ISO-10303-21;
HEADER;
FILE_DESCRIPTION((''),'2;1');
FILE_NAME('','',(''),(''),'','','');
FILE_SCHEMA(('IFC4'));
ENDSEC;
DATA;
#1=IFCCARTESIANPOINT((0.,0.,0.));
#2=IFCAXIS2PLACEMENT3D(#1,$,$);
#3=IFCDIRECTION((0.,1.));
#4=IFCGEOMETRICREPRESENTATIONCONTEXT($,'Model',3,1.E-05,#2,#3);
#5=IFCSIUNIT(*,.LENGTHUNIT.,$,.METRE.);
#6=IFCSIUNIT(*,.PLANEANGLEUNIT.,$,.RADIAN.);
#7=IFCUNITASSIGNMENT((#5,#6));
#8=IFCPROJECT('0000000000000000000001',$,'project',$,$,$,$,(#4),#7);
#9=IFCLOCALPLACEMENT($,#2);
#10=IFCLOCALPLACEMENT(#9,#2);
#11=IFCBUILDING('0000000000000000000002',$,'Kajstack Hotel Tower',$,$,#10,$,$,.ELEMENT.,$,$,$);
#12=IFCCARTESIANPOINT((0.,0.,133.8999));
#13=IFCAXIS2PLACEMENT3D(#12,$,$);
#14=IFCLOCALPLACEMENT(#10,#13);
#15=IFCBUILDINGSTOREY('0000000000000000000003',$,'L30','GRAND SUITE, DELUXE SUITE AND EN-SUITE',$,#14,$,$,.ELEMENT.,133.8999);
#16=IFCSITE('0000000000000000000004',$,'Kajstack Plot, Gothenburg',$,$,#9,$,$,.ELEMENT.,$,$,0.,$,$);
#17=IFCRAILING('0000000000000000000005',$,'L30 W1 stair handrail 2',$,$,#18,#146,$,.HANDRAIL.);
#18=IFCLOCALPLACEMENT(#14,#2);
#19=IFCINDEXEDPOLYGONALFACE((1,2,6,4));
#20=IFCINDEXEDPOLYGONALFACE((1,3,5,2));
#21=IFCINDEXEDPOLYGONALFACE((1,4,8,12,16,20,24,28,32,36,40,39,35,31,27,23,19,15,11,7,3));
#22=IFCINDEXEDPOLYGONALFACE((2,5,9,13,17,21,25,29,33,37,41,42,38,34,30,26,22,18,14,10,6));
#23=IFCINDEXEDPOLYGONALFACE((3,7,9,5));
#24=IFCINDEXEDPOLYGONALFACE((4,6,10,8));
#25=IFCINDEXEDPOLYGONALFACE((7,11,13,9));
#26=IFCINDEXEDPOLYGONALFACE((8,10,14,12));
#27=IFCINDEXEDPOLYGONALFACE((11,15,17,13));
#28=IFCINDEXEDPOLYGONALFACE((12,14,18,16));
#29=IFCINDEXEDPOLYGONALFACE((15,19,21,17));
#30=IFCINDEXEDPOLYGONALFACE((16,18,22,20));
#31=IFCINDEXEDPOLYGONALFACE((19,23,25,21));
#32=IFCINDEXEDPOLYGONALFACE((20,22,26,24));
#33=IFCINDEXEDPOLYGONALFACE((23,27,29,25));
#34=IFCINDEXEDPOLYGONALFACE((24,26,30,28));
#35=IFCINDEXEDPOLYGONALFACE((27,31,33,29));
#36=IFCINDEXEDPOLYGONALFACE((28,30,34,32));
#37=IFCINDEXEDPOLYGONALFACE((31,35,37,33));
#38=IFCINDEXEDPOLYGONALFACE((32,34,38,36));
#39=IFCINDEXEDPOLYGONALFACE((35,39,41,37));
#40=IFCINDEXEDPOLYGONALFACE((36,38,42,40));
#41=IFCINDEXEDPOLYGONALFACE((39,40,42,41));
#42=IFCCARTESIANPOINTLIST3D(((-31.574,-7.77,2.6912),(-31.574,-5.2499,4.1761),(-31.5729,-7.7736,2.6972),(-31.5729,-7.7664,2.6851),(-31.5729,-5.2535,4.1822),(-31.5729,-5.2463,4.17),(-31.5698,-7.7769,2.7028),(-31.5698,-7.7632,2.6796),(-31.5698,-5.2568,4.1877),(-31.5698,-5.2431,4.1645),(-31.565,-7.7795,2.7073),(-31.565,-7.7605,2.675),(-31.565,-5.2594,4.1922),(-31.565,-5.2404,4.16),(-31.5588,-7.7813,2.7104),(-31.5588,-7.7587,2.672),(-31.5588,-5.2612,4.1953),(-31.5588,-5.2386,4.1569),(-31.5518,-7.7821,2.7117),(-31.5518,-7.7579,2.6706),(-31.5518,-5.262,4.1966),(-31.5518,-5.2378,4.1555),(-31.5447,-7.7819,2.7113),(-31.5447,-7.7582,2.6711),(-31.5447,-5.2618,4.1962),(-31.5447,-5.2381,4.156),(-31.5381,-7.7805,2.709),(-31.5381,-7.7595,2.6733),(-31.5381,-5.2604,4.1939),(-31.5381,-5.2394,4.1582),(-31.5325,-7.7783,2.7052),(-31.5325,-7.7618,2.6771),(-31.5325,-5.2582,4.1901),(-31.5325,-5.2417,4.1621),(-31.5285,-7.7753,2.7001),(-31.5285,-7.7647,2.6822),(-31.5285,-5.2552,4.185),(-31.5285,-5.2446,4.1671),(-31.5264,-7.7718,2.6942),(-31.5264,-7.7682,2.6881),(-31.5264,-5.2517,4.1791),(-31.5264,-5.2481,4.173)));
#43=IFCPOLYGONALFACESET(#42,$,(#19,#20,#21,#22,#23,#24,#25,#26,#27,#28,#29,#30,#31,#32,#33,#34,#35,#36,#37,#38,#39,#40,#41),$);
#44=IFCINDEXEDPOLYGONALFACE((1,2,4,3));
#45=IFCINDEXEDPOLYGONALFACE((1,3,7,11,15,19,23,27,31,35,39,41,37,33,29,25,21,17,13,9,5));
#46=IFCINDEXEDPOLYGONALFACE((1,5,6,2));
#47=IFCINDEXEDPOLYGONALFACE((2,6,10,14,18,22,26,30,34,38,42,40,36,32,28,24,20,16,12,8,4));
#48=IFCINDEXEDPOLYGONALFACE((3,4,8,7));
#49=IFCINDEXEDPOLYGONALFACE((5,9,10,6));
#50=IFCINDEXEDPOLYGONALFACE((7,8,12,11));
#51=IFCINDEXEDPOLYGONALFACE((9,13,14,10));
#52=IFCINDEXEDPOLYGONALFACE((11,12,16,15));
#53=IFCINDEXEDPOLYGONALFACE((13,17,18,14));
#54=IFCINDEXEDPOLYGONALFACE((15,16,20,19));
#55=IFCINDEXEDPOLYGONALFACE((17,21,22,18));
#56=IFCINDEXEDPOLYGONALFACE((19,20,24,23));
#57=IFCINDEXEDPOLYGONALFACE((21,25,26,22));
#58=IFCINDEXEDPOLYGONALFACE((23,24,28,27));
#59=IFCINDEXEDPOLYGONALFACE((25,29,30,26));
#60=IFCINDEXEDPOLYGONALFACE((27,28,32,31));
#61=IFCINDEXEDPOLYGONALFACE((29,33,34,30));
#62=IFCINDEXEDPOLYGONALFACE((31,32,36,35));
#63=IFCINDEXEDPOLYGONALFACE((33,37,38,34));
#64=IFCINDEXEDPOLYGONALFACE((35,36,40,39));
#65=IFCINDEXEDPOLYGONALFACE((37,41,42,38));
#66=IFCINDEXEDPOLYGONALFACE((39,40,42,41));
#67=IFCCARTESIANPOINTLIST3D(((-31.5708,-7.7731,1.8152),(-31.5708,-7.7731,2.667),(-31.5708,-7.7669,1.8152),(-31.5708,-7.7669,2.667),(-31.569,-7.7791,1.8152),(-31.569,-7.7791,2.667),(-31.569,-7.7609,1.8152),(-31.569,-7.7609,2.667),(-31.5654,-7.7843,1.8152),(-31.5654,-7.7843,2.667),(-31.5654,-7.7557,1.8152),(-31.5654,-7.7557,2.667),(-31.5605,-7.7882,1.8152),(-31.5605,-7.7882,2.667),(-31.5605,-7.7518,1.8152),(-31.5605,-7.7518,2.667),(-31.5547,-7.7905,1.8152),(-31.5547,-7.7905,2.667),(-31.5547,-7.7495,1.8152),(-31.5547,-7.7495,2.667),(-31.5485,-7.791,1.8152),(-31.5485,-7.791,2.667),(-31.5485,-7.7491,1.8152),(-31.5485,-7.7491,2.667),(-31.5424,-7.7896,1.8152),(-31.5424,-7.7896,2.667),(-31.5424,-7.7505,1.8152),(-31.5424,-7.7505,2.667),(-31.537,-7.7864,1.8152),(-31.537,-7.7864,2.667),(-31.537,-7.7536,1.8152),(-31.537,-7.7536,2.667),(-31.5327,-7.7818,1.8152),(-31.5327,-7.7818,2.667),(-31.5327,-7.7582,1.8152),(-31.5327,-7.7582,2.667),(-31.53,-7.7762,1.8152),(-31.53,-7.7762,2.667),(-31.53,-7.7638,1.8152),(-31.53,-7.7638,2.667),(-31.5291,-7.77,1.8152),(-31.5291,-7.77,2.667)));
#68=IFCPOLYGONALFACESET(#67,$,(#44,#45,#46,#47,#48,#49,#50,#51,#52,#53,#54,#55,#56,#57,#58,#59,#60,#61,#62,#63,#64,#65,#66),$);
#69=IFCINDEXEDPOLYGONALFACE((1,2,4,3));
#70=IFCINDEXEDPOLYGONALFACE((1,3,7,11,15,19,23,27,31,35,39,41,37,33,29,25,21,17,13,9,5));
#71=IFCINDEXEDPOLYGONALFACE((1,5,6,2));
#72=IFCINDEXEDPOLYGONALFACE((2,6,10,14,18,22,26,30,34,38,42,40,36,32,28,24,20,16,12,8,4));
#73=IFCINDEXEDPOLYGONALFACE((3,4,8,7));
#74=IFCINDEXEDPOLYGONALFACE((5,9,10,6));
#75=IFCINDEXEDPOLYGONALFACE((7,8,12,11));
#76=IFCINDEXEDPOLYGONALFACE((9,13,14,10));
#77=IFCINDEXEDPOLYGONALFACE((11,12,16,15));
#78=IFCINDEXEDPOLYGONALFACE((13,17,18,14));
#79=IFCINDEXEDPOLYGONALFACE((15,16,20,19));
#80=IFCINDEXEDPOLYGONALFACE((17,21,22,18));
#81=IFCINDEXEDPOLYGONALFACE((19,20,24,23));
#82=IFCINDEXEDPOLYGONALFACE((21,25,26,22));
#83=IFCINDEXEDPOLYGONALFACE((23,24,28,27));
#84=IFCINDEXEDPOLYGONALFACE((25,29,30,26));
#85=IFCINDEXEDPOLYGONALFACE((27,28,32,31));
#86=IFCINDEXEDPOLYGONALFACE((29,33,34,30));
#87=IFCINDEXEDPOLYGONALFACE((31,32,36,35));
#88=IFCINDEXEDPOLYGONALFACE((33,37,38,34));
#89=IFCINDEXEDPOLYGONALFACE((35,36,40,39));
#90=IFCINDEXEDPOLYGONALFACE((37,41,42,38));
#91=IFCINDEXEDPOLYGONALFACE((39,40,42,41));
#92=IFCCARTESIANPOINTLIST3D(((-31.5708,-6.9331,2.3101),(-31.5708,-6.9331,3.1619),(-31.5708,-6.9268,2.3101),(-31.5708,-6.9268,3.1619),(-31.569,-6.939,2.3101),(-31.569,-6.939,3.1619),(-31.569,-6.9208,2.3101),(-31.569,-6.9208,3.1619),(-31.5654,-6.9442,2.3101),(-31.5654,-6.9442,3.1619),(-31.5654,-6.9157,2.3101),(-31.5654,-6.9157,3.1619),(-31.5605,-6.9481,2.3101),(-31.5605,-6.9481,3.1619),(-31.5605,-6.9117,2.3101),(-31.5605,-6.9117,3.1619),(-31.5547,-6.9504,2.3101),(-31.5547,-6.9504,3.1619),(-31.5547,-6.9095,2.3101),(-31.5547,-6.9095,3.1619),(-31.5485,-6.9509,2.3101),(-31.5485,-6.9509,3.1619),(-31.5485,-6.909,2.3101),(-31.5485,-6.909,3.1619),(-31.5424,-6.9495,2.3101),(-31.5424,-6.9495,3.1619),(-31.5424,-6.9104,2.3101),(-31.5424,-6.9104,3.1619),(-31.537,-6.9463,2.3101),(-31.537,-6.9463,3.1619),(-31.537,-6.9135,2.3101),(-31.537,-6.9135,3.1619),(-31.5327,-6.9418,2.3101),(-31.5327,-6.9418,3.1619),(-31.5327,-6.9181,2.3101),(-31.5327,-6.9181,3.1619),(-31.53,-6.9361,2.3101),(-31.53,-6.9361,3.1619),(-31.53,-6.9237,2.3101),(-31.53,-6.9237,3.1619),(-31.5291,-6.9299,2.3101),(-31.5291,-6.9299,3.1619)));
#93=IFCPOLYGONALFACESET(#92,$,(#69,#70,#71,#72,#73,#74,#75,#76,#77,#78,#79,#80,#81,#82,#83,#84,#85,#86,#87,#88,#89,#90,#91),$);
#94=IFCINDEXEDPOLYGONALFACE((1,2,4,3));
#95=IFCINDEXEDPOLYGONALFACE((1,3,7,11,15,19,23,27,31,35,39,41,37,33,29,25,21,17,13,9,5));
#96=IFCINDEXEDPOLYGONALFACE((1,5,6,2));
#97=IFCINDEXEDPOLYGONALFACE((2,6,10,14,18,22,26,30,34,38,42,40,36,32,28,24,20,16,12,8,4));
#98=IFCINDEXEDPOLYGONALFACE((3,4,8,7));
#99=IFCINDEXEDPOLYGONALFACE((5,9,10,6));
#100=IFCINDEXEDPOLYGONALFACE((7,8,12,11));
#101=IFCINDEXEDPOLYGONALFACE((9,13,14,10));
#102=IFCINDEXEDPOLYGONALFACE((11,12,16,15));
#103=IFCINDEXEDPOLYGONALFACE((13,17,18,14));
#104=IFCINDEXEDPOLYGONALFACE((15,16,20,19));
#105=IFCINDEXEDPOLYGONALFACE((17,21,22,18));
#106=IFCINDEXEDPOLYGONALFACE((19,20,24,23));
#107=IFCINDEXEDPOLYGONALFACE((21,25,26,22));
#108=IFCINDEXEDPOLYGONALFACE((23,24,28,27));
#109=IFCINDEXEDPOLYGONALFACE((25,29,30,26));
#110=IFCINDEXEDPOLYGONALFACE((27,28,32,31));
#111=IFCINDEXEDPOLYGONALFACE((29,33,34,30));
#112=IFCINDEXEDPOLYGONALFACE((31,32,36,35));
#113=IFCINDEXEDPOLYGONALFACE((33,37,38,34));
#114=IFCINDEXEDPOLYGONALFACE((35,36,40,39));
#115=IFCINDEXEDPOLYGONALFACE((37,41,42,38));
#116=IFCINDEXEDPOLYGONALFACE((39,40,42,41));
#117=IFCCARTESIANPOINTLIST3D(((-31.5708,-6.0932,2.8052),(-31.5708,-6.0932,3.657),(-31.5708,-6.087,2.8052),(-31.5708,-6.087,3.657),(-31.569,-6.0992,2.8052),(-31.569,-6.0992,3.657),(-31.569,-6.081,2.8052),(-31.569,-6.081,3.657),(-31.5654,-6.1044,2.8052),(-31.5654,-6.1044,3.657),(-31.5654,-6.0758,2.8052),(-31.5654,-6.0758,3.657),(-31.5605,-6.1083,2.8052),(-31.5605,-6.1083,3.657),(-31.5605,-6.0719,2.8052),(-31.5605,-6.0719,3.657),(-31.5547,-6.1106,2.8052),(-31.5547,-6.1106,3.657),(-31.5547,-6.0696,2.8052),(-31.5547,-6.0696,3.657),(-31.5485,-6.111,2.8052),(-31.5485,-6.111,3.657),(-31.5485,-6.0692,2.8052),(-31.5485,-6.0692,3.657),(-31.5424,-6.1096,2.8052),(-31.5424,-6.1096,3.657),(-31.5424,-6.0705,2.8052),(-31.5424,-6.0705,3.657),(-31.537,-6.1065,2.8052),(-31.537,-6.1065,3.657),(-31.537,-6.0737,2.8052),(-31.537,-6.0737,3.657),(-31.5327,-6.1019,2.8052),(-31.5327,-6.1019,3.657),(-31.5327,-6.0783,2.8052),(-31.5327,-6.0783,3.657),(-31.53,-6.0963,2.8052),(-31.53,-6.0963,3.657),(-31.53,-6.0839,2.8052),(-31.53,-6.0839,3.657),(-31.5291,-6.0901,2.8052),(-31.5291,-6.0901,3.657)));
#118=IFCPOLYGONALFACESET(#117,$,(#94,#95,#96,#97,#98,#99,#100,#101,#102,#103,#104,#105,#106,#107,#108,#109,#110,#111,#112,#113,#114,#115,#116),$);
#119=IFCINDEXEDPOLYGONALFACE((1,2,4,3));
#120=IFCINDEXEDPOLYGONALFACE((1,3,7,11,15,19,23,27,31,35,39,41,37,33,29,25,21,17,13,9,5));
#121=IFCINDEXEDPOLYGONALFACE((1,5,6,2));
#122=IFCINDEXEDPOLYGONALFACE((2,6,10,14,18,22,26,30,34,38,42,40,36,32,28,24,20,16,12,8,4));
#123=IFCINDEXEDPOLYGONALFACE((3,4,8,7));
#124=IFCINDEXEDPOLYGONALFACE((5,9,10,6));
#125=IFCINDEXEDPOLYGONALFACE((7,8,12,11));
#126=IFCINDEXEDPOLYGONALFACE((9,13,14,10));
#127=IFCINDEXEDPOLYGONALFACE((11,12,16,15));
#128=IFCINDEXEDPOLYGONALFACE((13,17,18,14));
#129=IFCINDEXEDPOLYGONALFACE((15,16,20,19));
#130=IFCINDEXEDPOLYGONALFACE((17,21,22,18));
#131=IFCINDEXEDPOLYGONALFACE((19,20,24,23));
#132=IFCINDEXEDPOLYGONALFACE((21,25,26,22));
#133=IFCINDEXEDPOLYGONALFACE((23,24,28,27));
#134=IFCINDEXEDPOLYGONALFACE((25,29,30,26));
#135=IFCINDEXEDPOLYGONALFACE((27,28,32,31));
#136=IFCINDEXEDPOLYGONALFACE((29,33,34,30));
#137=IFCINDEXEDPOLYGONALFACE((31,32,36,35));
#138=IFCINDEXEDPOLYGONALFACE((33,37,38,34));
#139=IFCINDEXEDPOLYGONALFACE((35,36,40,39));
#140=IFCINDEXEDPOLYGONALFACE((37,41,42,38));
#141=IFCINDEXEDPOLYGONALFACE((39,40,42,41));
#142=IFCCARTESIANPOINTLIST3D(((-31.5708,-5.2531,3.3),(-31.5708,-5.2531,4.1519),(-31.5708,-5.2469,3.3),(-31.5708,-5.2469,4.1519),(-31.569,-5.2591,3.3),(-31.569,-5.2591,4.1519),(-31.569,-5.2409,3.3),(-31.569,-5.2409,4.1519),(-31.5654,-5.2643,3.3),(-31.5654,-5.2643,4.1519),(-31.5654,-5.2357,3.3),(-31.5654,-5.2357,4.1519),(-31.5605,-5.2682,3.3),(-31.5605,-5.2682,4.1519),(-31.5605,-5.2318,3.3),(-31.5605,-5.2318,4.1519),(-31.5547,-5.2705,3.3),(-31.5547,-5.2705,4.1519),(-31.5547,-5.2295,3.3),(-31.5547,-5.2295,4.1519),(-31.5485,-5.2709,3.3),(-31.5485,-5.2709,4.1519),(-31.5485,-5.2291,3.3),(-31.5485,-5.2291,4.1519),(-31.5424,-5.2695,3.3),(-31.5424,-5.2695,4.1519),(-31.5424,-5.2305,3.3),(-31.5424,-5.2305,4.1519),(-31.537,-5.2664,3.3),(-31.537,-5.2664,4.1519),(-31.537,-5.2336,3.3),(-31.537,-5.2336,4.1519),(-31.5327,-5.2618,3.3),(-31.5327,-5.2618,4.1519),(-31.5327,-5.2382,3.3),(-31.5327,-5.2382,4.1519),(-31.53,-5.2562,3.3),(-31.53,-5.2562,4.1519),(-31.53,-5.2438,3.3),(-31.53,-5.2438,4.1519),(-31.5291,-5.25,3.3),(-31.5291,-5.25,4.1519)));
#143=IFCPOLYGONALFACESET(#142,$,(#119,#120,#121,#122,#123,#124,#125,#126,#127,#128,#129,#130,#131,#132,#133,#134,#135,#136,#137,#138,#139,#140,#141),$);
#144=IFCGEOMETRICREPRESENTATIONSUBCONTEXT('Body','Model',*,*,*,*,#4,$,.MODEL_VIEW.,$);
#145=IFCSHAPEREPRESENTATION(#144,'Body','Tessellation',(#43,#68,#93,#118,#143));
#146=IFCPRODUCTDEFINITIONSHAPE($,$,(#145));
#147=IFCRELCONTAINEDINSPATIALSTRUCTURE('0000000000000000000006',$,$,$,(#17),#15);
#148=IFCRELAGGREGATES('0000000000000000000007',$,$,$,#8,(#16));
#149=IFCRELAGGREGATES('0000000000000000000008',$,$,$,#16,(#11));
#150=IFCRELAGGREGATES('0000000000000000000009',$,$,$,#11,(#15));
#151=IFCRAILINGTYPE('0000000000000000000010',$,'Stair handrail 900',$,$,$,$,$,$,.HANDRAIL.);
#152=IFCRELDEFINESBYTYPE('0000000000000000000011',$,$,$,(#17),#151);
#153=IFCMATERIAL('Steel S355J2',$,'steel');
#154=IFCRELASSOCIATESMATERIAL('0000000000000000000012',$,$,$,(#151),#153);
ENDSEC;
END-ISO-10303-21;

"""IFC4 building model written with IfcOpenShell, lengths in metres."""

from ifc_helpers import new_model, si_unit, direction, frame, origin, origin_2d, place, context, subcontext, project, spatial, circle, extrude, material, type_object, element, save


model = new_model("IFC4")

# Units and contexts
model_context = context("Model", 3, precision=1e-05, world=origin(), true_north=direction((0.0, 1.0)))
body_context = subcontext(model_context, "Body", "Model", "MODEL_VIEW")
ifc_project = project(units=[si_unit("LENGTHUNIT", "METRE"), si_unit("PLANEANGLEUNIT", "RADIAN")], contexts=[model_context])

# Site, building, storey
site_placement = place(None, origin())
site = spatial("IfcSite", under=ifc_project, at=site_placement, Name="Kajstack Plot, Gothenburg", CompositionType="ELEMENT", RefElevation=0.0)
building_placement = place(site_placement, origin())
building = spatial("IfcBuilding", under=site, at=building_placement, Name="Kajstack Hotel Tower", CompositionType="ELEMENT")
storey_placement = place(building_placement, frame((0.0, 0.0, 133.8999)))
storey = spatial("IfcBuildingStorey", under=building, at=storey_placement, Name="L30", Description="GRAND SUITE, DELUXE SUITE AND EN-SUITE", CompositionType="ELEMENT", Elevation=133.8999)

# Railing
ifc_material_1 = material(Name="Steel S355J2", Category="steel")
railing_type_1 = type_object("IfcRailingType", Name="Stair handrail 900", PredefinedType="HANDRAIL", material=ifc_material_1)
railing_1_placement = place(storey_placement, frame((-31.55, -7.77, 1.8152)))
element("IfcRailing", 1, at=railing_1_placement, inside=storey, type_object=railing_type_1, Name="L30 W1 stair handrail 2", PredefinedType="HANDRAIL", context=body_context, shape_type="SweptSolid", body=[
    extrude(circle(Radius=0.0239, at=origin_2d()), frame((0.0, 0.0, 0.876), z_axis=(0.0, 0.861561, 0.507655), x_axis=(-1.0, 0.0, 0.0)), (0.0, 0.0, 1.0), 2.925),
    extrude(circle(Radius=0.021, at=origin_2d()), origin(), (0.0, 0.0, 1.0), 0.8518),
    extrude(circle(Radius=0.021, at=origin_2d()), frame((0.0, 0.8401, 0.4949)), (0.0, 0.0, 1.0), 0.8518),
    extrude(circle(Radius=0.021, at=origin_2d()), frame((0.0, 1.6799, 0.99)), (0.0, 0.0, 1.0), 0.8518),
    extrude(circle(Radius=0.021, at=origin_2d()), frame((0.0, 2.52, 1.4849)), (0.0, 0.0, 1.0), 0.8518),
])

save(model, "model.ifc")
